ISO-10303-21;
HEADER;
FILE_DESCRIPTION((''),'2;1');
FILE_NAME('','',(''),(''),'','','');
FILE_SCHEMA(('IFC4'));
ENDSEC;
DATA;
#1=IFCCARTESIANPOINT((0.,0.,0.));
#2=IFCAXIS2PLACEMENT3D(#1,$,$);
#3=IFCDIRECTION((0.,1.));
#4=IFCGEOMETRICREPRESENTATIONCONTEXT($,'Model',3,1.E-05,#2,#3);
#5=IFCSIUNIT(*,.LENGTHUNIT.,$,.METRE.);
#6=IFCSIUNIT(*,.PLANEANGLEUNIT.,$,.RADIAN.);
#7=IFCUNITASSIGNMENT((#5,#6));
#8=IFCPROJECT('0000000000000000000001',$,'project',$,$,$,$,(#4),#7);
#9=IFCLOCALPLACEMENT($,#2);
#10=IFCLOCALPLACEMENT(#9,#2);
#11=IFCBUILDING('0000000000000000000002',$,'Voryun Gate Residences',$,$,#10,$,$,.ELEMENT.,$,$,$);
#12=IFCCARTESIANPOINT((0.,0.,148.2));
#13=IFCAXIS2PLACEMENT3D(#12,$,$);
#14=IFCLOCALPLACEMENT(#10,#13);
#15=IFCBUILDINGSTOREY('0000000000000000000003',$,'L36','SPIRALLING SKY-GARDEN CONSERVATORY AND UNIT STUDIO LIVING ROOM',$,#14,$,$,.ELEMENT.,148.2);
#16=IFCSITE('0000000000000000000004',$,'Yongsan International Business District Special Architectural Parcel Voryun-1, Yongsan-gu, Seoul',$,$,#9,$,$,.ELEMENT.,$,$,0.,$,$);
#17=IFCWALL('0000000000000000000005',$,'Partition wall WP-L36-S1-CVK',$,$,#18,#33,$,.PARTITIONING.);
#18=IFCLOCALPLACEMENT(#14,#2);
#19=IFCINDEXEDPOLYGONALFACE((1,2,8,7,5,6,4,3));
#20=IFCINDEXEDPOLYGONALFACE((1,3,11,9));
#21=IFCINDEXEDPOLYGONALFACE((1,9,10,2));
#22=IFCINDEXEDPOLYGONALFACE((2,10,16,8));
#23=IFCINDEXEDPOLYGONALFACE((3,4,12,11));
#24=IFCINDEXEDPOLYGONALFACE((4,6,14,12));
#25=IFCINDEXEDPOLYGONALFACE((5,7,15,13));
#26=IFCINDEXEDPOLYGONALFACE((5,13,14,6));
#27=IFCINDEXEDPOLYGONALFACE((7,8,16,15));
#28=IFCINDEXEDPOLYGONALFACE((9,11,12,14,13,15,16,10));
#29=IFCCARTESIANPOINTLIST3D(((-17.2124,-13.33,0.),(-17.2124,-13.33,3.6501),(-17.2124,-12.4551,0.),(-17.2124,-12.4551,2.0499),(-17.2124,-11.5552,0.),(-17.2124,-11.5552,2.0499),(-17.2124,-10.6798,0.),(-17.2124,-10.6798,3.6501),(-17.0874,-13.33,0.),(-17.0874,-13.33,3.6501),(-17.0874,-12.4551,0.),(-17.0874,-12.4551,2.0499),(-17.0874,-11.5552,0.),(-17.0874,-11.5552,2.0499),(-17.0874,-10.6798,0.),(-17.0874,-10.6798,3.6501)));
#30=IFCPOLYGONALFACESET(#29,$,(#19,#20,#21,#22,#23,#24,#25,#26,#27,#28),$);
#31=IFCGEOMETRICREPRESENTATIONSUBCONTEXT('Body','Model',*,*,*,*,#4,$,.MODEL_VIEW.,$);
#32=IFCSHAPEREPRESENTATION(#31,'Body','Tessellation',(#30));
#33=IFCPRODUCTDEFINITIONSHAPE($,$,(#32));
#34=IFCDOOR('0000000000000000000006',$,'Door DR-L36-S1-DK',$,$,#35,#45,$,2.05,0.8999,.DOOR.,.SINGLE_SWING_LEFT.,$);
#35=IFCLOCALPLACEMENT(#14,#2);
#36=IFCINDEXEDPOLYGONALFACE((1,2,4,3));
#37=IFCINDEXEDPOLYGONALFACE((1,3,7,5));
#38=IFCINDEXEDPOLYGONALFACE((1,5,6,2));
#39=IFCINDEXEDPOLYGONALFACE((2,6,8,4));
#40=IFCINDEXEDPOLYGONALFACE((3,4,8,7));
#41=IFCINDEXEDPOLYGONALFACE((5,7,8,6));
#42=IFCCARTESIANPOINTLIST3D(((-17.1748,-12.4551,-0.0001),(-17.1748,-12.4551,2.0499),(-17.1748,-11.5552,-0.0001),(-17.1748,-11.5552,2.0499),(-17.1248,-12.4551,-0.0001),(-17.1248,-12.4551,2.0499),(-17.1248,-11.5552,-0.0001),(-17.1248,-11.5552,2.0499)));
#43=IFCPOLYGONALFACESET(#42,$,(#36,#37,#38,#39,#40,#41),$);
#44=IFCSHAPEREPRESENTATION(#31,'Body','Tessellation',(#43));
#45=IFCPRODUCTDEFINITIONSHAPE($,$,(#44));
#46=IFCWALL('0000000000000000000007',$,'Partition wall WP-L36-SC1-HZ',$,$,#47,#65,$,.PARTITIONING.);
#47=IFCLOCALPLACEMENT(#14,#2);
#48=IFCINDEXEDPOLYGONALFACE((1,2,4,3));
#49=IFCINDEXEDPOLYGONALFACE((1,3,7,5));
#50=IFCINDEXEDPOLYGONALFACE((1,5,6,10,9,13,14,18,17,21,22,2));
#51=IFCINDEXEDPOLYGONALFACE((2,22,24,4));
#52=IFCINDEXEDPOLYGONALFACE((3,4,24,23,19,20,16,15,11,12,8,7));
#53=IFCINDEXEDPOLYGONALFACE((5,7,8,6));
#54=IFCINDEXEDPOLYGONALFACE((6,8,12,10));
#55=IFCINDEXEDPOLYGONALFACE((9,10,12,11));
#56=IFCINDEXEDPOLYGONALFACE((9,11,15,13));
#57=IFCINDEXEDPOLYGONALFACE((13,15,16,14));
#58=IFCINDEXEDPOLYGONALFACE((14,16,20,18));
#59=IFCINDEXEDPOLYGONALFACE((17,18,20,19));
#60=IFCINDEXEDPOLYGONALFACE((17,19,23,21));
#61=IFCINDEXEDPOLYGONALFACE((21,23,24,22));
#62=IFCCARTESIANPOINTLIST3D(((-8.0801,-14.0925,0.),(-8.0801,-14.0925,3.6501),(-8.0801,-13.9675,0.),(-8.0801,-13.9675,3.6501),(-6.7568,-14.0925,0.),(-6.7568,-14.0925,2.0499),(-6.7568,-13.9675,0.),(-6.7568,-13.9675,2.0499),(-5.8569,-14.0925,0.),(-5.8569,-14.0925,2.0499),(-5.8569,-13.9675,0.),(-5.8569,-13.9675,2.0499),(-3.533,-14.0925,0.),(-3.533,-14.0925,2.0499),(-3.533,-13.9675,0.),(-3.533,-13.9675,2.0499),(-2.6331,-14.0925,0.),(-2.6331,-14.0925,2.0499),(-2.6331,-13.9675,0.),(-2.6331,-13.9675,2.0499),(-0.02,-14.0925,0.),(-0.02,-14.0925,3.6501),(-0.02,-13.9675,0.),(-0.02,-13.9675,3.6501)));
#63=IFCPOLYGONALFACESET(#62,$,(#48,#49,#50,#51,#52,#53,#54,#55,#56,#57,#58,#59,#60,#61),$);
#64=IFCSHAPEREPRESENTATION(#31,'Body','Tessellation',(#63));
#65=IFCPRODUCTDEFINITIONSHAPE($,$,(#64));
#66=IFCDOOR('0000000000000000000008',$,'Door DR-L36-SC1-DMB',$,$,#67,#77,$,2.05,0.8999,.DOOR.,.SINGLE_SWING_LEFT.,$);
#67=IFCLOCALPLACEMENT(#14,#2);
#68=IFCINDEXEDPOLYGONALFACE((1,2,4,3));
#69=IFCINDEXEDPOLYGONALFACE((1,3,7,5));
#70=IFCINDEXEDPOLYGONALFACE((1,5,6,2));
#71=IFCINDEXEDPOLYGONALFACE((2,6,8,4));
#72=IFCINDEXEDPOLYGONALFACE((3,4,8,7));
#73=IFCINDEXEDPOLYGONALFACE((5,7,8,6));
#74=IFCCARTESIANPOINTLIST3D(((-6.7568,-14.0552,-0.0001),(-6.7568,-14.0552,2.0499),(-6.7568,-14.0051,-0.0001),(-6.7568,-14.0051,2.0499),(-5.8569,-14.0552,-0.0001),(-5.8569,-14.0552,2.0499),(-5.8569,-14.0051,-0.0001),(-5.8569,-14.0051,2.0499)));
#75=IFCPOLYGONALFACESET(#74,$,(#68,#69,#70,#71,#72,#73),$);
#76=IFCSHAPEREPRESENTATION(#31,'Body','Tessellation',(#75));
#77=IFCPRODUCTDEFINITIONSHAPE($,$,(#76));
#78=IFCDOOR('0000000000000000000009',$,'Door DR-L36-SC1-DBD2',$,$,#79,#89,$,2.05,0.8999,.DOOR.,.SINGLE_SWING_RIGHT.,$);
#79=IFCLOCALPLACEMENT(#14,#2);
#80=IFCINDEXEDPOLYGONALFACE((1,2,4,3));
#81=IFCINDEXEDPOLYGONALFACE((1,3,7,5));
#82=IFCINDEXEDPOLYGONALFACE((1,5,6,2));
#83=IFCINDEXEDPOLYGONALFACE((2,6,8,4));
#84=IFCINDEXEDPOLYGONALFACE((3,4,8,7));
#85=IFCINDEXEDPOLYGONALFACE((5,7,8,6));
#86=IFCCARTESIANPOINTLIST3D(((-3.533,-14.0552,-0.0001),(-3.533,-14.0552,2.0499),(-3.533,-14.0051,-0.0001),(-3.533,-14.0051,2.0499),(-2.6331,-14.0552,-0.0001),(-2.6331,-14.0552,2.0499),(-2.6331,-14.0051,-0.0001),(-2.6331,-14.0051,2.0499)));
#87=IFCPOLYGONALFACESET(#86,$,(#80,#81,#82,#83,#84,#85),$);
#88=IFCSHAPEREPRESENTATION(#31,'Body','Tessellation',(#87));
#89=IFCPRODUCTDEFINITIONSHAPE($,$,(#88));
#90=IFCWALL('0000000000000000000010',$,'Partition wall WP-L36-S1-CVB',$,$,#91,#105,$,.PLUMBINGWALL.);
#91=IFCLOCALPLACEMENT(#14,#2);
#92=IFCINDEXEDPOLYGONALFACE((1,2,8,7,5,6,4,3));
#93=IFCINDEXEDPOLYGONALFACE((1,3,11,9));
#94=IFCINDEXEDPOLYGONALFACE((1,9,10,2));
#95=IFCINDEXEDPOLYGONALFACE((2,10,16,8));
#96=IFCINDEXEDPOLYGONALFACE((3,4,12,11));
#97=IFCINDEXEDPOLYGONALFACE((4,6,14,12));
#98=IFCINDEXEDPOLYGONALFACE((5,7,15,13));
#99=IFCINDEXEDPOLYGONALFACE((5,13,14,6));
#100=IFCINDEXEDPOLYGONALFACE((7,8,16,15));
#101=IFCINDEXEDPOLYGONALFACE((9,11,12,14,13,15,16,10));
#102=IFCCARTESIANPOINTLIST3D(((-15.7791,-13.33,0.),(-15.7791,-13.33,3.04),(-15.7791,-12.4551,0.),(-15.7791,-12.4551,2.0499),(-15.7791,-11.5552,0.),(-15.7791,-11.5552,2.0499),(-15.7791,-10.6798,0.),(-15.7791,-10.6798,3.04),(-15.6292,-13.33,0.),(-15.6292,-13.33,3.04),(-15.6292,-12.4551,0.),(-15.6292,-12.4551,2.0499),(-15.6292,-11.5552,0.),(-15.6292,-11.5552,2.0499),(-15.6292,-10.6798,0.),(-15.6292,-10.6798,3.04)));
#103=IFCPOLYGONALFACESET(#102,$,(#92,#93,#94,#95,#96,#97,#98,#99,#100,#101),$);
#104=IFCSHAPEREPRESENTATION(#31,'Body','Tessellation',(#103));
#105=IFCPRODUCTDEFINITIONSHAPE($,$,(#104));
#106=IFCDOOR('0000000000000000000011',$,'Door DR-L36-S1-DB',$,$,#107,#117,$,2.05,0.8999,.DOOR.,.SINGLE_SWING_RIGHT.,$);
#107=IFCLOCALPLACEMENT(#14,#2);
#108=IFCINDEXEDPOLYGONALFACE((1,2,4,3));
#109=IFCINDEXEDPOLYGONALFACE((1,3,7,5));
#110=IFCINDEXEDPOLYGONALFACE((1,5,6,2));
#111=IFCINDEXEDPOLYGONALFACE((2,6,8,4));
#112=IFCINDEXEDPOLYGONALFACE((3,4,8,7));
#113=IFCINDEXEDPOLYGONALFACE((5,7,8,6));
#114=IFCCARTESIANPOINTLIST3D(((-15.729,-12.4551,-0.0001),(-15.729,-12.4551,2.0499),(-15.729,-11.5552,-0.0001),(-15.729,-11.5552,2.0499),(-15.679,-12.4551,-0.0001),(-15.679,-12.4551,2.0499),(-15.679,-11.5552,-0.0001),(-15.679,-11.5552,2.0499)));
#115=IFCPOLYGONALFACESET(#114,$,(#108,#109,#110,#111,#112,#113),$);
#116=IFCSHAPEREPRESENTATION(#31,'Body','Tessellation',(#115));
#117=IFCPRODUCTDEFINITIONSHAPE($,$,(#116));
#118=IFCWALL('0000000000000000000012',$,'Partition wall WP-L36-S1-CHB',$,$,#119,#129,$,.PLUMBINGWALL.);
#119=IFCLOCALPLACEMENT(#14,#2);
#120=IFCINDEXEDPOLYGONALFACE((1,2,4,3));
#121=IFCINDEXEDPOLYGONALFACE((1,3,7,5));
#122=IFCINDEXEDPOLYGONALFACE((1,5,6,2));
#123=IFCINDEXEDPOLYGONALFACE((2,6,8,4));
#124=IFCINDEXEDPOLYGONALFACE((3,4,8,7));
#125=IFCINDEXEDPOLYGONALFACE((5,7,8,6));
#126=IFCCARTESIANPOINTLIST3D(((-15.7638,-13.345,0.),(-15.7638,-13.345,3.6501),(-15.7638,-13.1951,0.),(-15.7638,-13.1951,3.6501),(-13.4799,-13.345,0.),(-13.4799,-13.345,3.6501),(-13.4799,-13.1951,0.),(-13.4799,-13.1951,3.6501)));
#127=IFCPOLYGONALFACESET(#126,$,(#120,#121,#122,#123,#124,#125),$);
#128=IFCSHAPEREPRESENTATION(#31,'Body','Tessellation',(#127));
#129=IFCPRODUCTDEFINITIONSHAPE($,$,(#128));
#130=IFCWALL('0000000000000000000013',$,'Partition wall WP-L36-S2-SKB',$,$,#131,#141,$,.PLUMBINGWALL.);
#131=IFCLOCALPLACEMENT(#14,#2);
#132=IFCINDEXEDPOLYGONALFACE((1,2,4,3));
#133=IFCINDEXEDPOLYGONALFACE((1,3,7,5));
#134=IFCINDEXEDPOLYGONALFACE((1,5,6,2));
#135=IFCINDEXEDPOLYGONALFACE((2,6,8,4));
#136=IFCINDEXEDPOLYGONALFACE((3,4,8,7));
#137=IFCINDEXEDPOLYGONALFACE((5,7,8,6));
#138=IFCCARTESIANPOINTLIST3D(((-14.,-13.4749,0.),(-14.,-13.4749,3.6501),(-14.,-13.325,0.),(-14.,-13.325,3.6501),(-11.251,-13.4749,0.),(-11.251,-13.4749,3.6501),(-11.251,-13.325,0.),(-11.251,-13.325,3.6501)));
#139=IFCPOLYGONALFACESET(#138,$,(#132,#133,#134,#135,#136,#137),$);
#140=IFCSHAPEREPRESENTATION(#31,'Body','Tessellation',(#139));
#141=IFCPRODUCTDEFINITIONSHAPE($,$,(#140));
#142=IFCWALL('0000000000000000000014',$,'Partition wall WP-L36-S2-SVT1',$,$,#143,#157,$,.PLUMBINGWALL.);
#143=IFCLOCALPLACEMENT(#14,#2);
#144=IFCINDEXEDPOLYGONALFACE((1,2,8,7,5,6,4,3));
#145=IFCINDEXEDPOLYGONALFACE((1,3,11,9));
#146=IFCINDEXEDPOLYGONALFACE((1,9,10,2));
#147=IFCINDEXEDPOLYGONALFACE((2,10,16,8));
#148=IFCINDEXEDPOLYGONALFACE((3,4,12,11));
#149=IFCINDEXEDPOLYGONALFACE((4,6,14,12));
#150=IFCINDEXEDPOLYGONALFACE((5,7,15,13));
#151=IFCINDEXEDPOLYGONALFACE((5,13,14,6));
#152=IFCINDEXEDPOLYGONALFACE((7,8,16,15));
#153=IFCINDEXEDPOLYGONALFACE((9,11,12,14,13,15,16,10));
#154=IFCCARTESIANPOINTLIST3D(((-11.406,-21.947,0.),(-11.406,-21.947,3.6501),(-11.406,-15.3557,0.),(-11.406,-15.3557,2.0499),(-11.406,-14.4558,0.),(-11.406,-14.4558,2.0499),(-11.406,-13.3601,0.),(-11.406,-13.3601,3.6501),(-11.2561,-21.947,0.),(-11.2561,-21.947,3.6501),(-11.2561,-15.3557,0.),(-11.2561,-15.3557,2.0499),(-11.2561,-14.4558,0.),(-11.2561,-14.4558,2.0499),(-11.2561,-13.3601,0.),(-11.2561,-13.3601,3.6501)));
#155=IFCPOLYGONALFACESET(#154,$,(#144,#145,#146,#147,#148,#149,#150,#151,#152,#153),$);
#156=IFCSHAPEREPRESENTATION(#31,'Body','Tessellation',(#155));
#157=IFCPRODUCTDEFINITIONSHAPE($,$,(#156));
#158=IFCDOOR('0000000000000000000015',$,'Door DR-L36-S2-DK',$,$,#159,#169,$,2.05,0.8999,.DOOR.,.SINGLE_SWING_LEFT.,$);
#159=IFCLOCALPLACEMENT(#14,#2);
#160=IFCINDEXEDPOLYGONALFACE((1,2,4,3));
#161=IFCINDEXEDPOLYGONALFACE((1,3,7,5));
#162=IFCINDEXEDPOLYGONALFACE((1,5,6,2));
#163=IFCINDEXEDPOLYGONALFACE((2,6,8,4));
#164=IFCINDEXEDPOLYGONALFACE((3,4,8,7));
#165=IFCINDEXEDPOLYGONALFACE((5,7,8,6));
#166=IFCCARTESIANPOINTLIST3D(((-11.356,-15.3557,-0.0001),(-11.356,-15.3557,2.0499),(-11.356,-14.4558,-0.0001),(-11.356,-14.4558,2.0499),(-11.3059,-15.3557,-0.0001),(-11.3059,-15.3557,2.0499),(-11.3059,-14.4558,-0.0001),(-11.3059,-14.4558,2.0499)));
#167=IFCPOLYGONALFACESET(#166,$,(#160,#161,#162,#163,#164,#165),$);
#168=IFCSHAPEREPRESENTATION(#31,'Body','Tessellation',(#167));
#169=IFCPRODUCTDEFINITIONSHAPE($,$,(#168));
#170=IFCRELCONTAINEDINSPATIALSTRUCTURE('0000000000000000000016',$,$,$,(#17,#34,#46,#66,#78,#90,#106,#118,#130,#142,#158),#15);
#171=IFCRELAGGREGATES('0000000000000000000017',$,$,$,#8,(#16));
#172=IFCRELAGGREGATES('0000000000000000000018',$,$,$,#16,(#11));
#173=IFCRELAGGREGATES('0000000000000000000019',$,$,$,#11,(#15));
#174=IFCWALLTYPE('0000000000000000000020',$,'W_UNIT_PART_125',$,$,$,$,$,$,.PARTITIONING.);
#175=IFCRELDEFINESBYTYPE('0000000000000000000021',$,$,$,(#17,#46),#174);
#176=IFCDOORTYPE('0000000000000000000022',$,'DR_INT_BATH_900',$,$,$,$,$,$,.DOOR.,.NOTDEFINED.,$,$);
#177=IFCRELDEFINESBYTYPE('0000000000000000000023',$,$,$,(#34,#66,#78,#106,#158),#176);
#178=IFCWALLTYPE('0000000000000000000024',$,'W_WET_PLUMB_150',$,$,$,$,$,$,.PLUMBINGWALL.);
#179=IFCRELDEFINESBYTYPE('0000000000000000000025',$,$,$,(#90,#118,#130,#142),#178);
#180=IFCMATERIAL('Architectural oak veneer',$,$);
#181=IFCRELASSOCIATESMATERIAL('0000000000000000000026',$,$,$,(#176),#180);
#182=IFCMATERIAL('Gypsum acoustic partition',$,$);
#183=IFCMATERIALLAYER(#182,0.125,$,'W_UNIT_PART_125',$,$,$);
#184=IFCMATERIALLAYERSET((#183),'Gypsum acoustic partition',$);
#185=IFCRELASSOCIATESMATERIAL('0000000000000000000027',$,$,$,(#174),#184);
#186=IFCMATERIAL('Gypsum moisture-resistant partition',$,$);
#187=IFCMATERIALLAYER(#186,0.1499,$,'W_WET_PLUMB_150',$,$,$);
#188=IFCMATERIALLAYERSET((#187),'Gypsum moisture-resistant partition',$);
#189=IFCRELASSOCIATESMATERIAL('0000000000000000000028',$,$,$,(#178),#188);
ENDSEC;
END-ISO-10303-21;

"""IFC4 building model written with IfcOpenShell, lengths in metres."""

from ifc_helpers import new_model, si_unit, direction, frame, frame_2d, origin, place, context, subcontext, project, spatial, rectangle, extrude, material, layer, layer_set, type_object, element, fill, save


model = new_model("IFC4")

# Units and contexts
model_context = context("Model", 3, precision=1e-05, world=origin(), true_north=direction((0.0, 1.0)))
body_context = subcontext(model_context, "Body", "Model", "MODEL_VIEW")
ifc_project = project(units=[si_unit("LENGTHUNIT", "METRE"), si_unit("PLANEANGLEUNIT", "RADIAN")], contexts=[model_context])

# Site, building, storey
site_placement = place(None, origin())
site = spatial("IfcSite", under=ifc_project, at=site_placement, Name="Yongsan International Business District Special Architectural Parcel Voryun-1, Yongsan-gu, Seoul", CompositionType="ELEMENT", RefElevation=0.0)
building_placement = place(site_placement, origin())
building = spatial("IfcBuilding", under=site, at=building_placement, Name="Voryun Gate Residences", CompositionType="ELEMENT")
storey_placement = place(building_placement, frame((0.0, 0.0, 148.2)))
storey = spatial("IfcBuildingStorey", under=building, at=storey_placement, Name="L36", Description="SPIRALLING SKY-GARDEN CONSERVATORY AND UNIT STUDIO LIVING ROOM", CompositionType="ELEMENT", Elevation=148.2)

# Shared definitions
ifc_material_1 = material(Name="Architectural oak veneer")
door_type_1 = type_object("IfcDoorType", Name="DR_INT_BATH_900", OperationType="NOTDEFINED", PredefinedType="DOOR", material=ifc_material_1)

# Wall, opening, door
ifc_material_2 = material(Name="Gypsum acoustic partition")
ifc_layer_1 = layer(ifc_material_2, 0.125, Name="W_UNIT_PART_125")
ifc_layer_set_1 = layer_set([ifc_layer_1], Name="Gypsum acoustic partition")
wall_type_1 = type_object("IfcWallType", Name="W_UNIT_PART_125", PredefinedType="PARTITIONING", material=ifc_layer_set_1)
wall_1_placement = place(storey_placement, frame((-17.1499, -13.3301, 0.0), z_axis=(0.0, 0.0, 1.0), x_axis=(0.0, 1.0, 0.0)))
wall_1 = element("IfcWall", 1, at=wall_1_placement, inside=storey, type_object=wall_type_1, Name="Partition wall WP-L36-S1-CVK", PredefinedType="PARTITIONING", context=body_context, shape_type="SweptSolid", body=[
    extrude(rectangle(XDim=2.6501, YDim=0.125, at=frame_2d((1.3252, 0.0))), origin(), (0.0, 0.0, 1.0), 3.6501),
])
opening_1_placement = place(wall_1_placement, frame((0.875, 0.0, 0.0)))
opening_1 = element("IfcOpeningElement", 2, at=opening_1_placement, cuts=wall_1, PredefinedType="OPENING", context=body_context, shape_type="SweptSolid", body=[
    extrude(rectangle(XDim=0.8999, YDim=2.05, at=frame_2d((0.45, 1.0249))), frame((0.0, 0.0725, 0.0), z_axis=(0.0, -1.0, 0.0), x_axis=(1.0, 0.0, 0.0)), (0.0, 0.0, 1.0), 0.145),
])
door_1_placement = place(opening_1_placement, origin())
door_1 = element("IfcDoor", 3, at=door_1_placement, inside=storey, type_object=door_type_1, Name="Door DR-L36-S1-DK", OperationType="SINGLE_SWING_LEFT", OverallHeight=2.05, OverallWidth=0.8999, PredefinedType="DOOR", context=body_context, shape_type="SweptSolid", body=[
    extrude(rectangle(XDim=0.8999, YDim=2.05, at=frame_2d((0.45, 1.0249))), frame((0.0, 0.0249, 0.0), z_axis=(0.0, -1.0, 0.0), x_axis=(1.0, 0.0, 0.0)), (0.0, 0.0, 1.0), 0.05),
])
fill(opening_1, door_1)

# Wall, openings, doors
wall_2_placement = place(storey_placement, frame((-8.0801, -14.03, 0.0), z_axis=(0.0, 0.0, 1.0), x_axis=(1.0, 0.0, 0.0)))
wall_2 = element("IfcWall", 4, at=wall_2_placement, inside=storey, type_object=wall_type_1, Name="Partition wall WP-L36-SC1-HZ", PredefinedType="PARTITIONING", context=body_context, shape_type="SweptSolid", body=[
    extrude(rectangle(XDim=8.0601, YDim=0.125, at=frame_2d((4.03, 0.0))), origin(), (0.0, 0.0, 1.0), 3.6501),
])
opening_2_placement = place(wall_2_placement, frame((1.3232, 0.0, 0.0)))
opening_2 = element("IfcOpeningElement", 5, at=opening_2_placement, cuts=wall_2, PredefinedType="OPENING", context=body_context, shape_type="SweptSolid", body=[
    extrude(rectangle(XDim=0.8999, YDim=2.05, at=frame_2d((0.45, 1.0249))), frame((0.0, 0.0725, 0.0), z_axis=(0.0, -1.0, 0.0), x_axis=(1.0, 0.0, 0.0)), (0.0, 0.0, 1.0), 0.145),
])
opening_3_placement = place(wall_2_placement, frame((4.5471, 0.0, 0.0)))
opening_3 = element("IfcOpeningElement", 6, at=opening_3_placement, cuts=wall_2, PredefinedType="OPENING", context=body_context, shape_type="SweptSolid", body=[
    extrude(rectangle(XDim=0.8999, YDim=2.05, at=frame_2d((0.45, 1.0249))), frame((0.0, 0.0725, 0.0), z_axis=(0.0, -1.0, 0.0), x_axis=(1.0, 0.0, 0.0)), (0.0, 0.0, 1.0), 0.145),
])
door_2_placement = place(opening_2_placement, origin())
door_2 = element("IfcDoor", 7, at=door_2_placement, inside=storey, type_object=door_type_1, Name="Door DR-L36-SC1-DMB", OperationType="SINGLE_SWING_LEFT", OverallHeight=2.05, OverallWidth=0.8999, PredefinedType="DOOR", context=body_context, shape_type="SweptSolid", body=[
    extrude(rectangle(XDim=0.8999, YDim=2.05, at=frame_2d((0.45, 1.0249))), frame((0.0, 0.0249, 0.0), z_axis=(0.0, -1.0, 0.0), x_axis=(1.0, 0.0, 0.0)), (0.0, 0.0, 1.0), 0.05),
])
fill(opening_2, door_2)
door_3_placement = place(opening_3_placement, origin())
door_3 = element("IfcDoor", 8, at=door_3_placement, inside=storey, type_object=door_type_1, Name="Door DR-L36-SC1-DBD2", OperationType="SINGLE_SWING_RIGHT", OverallHeight=2.05, OverallWidth=0.8999, PredefinedType="DOOR", context=body_context, shape_type="SweptSolid", body=[
    extrude(rectangle(XDim=0.8999, YDim=2.05, at=frame_2d((0.45, 1.0249))), frame((0.0, 0.0249, 0.0), z_axis=(0.0, -1.0, 0.0), x_axis=(1.0, 0.0, 0.0)), (0.0, 0.0, 1.0), 0.05),
])
fill(opening_3, door_3)

# Wall, opening, door
ifc_material_3 = material(Name="Gypsum moisture-resistant partition")
ifc_layer_2 = layer(ifc_material_3, 0.1499, Name="W_WET_PLUMB_150")
ifc_layer_set_2 = layer_set([ifc_layer_2], Name="Gypsum moisture-resistant partition")
wall_type_2 = type_object("IfcWallType", Name="W_WET_PLUMB_150", PredefinedType="PLUMBINGWALL", material=ifc_layer_set_2)
wall_3_placement = place(storey_placement, frame((-15.7041, -13.3301, 0.0), z_axis=(0.0, 0.0, 1.0), x_axis=(0.0, 1.0, 0.0)))
wall_3 = element("IfcWall", 9, at=wall_3_placement, inside=storey, type_object=wall_type_2, Name="Partition wall WP-L36-S1-CVB", PredefinedType="PLUMBINGWALL", context=body_context, shape_type="SweptSolid", body=[
    extrude(rectangle(XDim=2.6501, YDim=0.1499, at=frame_2d((1.3252, 0.0))), origin(), (0.0, 0.0, 1.0), 3.04),
])
opening_4_placement = place(wall_3_placement, frame((0.875, 0.0, 0.0)))
opening_4 = element("IfcOpeningElement", 10, at=opening_4_placement, cuts=wall_3, PredefinedType="OPENING", context=body_context, shape_type="SweptSolid", body=[
    extrude(rectangle(XDim=0.8999, YDim=2.05, at=frame_2d((0.45, 1.0249))), frame((0.0, 0.085, 0.0), z_axis=(0.0, -1.0, 0.0), x_axis=(1.0, 0.0, 0.0)), (0.0, 0.0, 1.0), 0.1699),
])
door_4_placement = place(opening_4_placement, origin())
door_4 = element("IfcDoor", 11, at=door_4_placement, inside=storey, type_object=door_type_1, Name="Door DR-L36-S1-DB", OperationType="SINGLE_SWING_RIGHT", OverallHeight=2.05, OverallWidth=0.8999, PredefinedType="DOOR", context=body_context, shape_type="SweptSolid", body=[
    extrude(rectangle(XDim=0.8999, YDim=2.05, at=frame_2d((0.45, 1.0249))), frame((0.0, 0.0249, 0.0), z_axis=(0.0, -1.0, 0.0), x_axis=(1.0, 0.0, 0.0)), (0.0, 0.0, 1.0), 0.05),
])
fill(opening_4, door_4)

# Walls
wall_4_placement = place(storey_placement, frame((-15.7639, -13.27, 0.0), z_axis=(0.0, 0.0, 1.0), x_axis=(1.0, 0.0, 0.0)))
element("IfcWall", 12, at=wall_4_placement, inside=storey, type_object=wall_type_2, Name="Partition wall WP-L36-S1-CHB", PredefinedType="PLUMBINGWALL", context=body_context, shape_type="SweptSolid", body=[
    extrude(rectangle(XDim=2.2839, YDim=0.1499, at=frame_2d((1.1421, 0.0))), origin(), (0.0, 0.0, 1.0), 3.6501),
])
wall_5_placement = place(storey_placement, frame((-14.0, -13.3999, 0.0), z_axis=(0.0, 0.0, 1.0), x_axis=(1.0, 0.0, 0.0)))
element("IfcWall", 13, at=wall_5_placement, inside=storey, type_object=wall_type_2, Name="Partition wall WP-L36-S2-SKB", PredefinedType="PLUMBINGWALL", context=body_context, shape_type="SweptSolid", body=[
    extrude(rectangle(XDim=2.749, YDim=0.1499, at=frame_2d((1.3745, 0.0))), origin(), (0.0, 0.0, 1.0), 3.6501),
])

# Wall, opening, door
wall_6_placement = place(storey_placement, frame((-11.3311, -21.947, 0.0), z_axis=(0.0, 0.0, 1.0), x_axis=(0.0, 1.0, 0.0)))
wall_6 = element("IfcWall", 14, at=wall_6_placement, inside=storey, type_object=wall_type_2, Name="Partition wall WP-L36-S2-SVT1", PredefinedType="PLUMBINGWALL", context=body_context, shape_type="SweptSolid", body=[
    extrude(rectangle(XDim=8.5869, YDim=0.1499, at=frame_2d((4.2935, 0.0))), origin(), (0.0, 0.0, 1.0), 3.6501),
])
opening_5_placement = place(wall_6_placement, frame((6.5913, 0.0, 0.0)))
opening_5 = element("IfcOpeningElement", 15, at=opening_5_placement, cuts=wall_6, PredefinedType="OPENING", context=body_context, shape_type="SweptSolid", body=[
    extrude(rectangle(XDim=0.8999, YDim=2.05, at=frame_2d((0.45, 1.0249))), frame((0.0, 0.085, 0.0), z_axis=(0.0, -1.0, 0.0), x_axis=(1.0, 0.0, 0.0)), (0.0, 0.0, 1.0), 0.1699),
])
door_5_placement = place(opening_5_placement, origin())
door_5 = element("IfcDoor", 16, at=door_5_placement, inside=storey, type_object=door_type_1, Name="Door DR-L36-S2-DK", OperationType="SINGLE_SWING_LEFT", OverallHeight=2.05, OverallWidth=0.8999, PredefinedType="DOOR", context=body_context, shape_type="SweptSolid", body=[
    extrude(rectangle(XDim=0.8999, YDim=2.05, at=frame_2d((0.45, 1.0249))), frame((0.0, 0.0249, 0.0), z_axis=(0.0, -1.0, 0.0), x_axis=(1.0, 0.0, 0.0)), (0.0, 0.0, 1.0), 0.05),
])
fill(opening_5, door_5)

save(model, "model.ifc")
